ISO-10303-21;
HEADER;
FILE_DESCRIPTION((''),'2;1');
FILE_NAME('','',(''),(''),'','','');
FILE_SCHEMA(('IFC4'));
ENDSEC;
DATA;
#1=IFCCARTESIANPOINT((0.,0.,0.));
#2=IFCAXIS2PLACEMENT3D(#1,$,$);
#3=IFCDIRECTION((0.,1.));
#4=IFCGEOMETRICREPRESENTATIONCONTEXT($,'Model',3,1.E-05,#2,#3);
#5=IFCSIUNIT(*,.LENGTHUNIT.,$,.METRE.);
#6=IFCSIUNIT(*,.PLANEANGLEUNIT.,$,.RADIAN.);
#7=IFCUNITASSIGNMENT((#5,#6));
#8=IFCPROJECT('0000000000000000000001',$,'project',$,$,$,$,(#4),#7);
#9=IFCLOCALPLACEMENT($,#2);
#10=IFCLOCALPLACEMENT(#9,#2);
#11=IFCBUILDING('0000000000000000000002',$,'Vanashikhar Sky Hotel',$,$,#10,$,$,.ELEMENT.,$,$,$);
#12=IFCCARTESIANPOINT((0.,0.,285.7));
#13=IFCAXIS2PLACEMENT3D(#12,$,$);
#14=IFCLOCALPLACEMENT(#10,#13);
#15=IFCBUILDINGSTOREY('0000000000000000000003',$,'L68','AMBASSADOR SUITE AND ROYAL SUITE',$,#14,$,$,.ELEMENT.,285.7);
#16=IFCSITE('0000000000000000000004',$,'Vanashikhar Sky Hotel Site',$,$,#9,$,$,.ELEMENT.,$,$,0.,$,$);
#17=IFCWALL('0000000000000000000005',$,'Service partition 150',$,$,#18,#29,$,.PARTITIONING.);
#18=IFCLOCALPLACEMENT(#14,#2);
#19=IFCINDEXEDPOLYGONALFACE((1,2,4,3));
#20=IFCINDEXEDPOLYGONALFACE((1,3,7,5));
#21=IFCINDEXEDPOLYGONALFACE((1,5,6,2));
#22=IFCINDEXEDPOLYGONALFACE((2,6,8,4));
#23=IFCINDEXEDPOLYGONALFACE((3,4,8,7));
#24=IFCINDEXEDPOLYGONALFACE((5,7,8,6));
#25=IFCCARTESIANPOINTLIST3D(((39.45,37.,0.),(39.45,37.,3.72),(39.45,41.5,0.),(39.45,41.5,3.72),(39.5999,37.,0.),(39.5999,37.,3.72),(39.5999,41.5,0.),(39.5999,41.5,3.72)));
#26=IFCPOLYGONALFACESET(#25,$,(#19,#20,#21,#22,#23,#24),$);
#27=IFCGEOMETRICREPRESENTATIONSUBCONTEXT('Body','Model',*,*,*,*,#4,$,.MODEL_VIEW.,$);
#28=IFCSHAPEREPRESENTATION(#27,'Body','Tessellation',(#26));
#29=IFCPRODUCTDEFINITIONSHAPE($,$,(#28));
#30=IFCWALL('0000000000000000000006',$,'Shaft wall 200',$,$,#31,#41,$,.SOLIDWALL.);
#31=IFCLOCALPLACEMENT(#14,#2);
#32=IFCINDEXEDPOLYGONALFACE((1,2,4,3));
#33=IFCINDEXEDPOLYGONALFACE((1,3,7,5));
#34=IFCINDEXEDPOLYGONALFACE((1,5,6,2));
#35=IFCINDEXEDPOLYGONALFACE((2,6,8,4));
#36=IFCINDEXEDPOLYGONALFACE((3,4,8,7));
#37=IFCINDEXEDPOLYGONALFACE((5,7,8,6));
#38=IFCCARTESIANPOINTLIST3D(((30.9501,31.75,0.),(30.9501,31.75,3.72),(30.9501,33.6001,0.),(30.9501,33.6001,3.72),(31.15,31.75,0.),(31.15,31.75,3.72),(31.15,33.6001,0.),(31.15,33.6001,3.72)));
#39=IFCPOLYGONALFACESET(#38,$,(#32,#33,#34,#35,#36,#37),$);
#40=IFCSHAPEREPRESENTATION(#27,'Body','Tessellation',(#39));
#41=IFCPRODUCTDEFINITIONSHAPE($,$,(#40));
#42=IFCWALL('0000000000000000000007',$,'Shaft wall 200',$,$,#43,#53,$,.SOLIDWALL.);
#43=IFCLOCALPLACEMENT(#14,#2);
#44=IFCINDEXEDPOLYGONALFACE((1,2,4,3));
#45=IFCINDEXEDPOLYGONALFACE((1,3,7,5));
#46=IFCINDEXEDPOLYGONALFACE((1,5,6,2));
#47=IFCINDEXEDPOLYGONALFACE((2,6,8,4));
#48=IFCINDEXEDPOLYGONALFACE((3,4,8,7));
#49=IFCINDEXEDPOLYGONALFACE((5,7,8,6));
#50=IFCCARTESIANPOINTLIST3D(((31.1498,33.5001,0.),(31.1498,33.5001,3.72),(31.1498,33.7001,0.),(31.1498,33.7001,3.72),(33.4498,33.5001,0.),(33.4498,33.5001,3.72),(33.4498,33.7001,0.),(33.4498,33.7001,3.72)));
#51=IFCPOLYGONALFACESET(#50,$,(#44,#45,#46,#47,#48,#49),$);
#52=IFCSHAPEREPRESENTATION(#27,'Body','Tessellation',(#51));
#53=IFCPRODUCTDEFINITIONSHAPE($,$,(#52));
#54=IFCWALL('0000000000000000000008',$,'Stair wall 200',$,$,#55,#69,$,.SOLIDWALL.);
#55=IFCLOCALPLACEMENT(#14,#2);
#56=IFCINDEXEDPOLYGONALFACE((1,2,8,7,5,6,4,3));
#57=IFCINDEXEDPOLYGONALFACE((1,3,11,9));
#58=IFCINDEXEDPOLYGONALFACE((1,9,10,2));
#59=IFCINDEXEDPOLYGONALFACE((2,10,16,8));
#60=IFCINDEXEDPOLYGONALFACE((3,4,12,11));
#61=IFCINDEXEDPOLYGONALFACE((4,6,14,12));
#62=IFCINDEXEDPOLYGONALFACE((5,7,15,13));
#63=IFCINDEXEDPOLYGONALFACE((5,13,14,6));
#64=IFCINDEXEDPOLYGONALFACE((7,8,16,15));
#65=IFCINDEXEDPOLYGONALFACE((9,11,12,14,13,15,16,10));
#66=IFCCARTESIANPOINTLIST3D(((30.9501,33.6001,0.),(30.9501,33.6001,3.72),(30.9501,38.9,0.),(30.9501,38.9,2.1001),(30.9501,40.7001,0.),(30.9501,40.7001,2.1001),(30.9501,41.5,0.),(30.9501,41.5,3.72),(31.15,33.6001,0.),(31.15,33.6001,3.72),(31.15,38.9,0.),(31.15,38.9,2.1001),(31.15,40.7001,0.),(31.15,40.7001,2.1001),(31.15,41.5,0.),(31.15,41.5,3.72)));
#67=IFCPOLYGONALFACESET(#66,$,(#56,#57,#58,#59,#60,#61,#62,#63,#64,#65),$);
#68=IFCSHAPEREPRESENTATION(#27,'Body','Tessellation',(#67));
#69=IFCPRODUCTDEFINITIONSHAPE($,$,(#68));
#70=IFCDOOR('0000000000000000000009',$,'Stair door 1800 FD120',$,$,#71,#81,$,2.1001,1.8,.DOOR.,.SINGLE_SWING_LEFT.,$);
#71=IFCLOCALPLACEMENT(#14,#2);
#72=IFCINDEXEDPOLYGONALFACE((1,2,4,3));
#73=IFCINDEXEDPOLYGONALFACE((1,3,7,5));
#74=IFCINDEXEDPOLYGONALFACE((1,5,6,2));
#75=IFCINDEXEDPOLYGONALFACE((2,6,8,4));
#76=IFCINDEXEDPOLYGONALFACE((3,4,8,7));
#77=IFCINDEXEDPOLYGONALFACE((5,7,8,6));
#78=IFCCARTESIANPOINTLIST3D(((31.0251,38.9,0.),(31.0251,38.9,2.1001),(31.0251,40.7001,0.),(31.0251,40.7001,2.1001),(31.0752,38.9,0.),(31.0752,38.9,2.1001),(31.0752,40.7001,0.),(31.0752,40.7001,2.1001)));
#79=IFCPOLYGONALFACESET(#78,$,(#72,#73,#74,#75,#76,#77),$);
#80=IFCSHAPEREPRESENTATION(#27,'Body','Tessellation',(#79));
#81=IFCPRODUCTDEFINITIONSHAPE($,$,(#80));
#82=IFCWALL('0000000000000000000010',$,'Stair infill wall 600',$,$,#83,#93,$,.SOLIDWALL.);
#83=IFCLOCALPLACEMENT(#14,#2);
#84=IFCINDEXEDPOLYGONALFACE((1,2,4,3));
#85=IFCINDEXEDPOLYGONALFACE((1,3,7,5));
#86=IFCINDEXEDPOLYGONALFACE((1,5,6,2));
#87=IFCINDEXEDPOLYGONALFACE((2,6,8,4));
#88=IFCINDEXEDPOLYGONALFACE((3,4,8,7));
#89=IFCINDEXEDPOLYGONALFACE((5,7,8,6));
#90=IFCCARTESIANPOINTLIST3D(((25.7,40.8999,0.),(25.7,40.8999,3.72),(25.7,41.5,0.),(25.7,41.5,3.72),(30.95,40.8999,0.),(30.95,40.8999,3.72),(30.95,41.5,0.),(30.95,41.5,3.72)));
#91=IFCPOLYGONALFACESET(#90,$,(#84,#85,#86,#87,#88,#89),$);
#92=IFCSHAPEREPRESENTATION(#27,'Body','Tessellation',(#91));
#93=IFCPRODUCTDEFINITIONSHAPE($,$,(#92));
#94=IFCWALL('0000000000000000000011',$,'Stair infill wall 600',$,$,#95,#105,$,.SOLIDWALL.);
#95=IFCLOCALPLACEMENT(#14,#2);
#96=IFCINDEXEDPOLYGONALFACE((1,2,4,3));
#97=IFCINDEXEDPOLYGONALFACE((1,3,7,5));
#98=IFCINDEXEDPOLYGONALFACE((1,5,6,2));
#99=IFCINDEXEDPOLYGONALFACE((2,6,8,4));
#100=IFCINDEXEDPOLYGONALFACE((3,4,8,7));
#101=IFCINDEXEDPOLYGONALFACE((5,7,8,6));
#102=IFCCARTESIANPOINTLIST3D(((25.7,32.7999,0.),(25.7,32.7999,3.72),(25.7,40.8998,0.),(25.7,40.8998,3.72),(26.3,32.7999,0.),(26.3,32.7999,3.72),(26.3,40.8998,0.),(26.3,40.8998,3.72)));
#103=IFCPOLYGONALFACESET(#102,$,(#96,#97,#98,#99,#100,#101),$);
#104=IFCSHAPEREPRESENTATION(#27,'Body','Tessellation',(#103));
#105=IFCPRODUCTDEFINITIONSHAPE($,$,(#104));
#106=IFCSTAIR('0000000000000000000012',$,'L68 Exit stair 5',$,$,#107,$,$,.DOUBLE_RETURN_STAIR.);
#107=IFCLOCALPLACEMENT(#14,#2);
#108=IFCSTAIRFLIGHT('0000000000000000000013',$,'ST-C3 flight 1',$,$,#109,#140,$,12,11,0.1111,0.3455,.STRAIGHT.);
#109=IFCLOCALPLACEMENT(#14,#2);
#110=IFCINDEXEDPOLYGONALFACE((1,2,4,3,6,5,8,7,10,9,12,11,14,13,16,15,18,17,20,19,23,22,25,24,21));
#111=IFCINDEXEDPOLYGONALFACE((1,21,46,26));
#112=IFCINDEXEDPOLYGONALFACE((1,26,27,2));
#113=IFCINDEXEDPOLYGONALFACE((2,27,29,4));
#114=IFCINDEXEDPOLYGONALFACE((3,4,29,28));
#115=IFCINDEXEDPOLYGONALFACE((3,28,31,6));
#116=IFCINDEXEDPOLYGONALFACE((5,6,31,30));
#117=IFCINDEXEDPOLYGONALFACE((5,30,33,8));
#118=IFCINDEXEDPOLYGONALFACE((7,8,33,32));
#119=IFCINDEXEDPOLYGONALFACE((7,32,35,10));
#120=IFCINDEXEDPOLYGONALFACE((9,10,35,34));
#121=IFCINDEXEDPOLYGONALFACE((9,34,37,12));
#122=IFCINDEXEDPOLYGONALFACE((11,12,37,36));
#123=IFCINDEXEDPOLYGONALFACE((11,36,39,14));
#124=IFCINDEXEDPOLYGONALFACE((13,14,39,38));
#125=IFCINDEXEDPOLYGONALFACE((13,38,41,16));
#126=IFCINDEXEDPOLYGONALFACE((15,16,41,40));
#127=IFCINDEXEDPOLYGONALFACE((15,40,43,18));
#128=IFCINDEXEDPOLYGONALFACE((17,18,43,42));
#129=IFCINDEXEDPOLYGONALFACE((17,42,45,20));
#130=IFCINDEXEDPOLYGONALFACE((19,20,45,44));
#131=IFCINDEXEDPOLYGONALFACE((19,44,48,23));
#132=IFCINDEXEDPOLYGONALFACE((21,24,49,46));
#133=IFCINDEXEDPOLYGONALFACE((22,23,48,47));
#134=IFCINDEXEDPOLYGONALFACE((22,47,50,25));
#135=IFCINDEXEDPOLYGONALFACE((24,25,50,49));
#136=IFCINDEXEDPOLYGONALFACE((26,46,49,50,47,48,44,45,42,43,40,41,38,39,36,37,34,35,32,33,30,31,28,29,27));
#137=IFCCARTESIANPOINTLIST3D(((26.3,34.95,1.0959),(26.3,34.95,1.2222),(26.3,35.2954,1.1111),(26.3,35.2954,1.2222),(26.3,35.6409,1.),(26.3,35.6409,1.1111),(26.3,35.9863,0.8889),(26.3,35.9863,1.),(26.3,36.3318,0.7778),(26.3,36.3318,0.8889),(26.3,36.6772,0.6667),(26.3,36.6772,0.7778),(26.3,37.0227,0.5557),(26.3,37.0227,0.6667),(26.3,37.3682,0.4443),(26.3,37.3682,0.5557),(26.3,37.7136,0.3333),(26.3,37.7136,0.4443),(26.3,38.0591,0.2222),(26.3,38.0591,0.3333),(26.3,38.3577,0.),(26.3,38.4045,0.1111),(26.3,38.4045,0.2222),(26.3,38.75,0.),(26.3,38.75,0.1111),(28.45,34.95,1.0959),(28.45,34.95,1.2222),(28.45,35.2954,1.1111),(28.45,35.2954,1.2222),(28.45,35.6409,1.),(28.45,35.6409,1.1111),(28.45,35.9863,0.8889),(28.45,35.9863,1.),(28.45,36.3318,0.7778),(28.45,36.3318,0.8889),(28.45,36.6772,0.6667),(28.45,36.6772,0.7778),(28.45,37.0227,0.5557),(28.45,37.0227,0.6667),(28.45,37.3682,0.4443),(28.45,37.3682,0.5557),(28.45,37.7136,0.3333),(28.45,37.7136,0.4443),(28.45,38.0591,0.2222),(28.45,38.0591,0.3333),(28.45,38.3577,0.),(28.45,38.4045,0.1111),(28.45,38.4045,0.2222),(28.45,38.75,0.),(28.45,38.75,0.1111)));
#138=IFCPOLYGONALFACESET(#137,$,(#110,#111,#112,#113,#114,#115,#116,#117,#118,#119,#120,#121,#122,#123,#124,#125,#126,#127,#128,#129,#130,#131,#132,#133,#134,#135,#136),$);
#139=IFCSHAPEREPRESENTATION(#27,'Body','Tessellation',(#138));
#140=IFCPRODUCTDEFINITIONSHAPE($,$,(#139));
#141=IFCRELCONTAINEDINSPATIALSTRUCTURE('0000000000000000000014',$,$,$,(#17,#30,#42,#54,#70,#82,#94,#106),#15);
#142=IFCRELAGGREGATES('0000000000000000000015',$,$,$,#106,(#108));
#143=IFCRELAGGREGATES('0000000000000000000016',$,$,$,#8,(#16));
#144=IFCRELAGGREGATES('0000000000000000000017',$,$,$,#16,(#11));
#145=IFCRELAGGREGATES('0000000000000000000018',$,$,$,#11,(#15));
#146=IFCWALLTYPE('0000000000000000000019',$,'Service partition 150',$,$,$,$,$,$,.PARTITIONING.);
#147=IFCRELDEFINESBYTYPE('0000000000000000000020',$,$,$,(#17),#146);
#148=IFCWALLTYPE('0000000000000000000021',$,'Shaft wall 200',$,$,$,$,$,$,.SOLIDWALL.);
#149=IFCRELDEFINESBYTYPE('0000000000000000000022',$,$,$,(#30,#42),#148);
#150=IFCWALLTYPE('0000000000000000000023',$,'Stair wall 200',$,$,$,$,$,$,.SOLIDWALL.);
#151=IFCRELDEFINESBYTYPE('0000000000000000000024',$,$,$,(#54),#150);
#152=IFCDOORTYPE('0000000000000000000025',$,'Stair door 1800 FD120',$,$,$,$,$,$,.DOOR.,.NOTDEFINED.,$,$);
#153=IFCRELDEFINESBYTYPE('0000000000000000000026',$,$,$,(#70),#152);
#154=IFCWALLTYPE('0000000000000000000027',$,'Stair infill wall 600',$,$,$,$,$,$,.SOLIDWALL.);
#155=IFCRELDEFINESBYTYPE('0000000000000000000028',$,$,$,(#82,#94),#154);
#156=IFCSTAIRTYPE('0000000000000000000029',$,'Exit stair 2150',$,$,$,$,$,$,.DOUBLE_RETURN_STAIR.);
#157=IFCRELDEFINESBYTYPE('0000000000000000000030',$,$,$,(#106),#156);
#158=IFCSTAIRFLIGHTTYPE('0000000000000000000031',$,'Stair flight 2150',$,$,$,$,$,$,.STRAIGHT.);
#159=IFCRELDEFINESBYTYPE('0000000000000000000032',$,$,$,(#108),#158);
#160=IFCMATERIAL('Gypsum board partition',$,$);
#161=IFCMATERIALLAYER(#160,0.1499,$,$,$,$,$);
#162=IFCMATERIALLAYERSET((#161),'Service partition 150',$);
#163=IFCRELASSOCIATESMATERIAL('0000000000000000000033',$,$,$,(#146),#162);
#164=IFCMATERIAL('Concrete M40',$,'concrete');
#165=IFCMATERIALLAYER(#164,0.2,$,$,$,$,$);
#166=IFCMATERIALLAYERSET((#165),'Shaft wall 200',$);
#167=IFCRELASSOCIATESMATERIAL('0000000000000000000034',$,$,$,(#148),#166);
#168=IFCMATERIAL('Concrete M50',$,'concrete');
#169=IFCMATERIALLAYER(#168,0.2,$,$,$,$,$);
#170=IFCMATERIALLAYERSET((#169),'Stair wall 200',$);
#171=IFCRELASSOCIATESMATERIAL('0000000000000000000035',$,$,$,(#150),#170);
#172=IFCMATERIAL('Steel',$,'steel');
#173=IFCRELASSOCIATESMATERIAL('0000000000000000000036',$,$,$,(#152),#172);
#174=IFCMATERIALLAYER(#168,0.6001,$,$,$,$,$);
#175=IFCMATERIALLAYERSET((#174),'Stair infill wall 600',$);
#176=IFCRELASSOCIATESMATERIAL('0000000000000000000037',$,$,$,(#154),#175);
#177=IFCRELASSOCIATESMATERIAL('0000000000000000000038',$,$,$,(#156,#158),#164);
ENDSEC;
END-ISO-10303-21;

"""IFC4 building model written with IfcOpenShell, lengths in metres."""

from ifc_helpers import new_model, si_unit, direction, frame, frame_2d, origin, place, context, subcontext, project, spatial, polyline, rectangle, outline, extrude, source, transform, mapped, material, layer, layer_set, type_object, element, fill, aggregate, save


model = new_model("IFC4")

# Units and contexts
model_context = context("Model", 3, precision=1e-05, world=origin(), true_north=direction((0.0, 1.0)))
body_context = subcontext(model_context, "Body", "Model", "MODEL_VIEW")
ifc_project = project(units=[si_unit("LENGTHUNIT", "METRE"), si_unit("PLANEANGLEUNIT", "RADIAN")], contexts=[model_context])

# Site, building, storey
site_placement = place(None, origin())
site = spatial("IfcSite", under=ifc_project, at=site_placement, Name="Vanashikhar Sky Hotel Site", CompositionType="ELEMENT", RefElevation=0.0)
building_placement = place(site_placement, origin())
building = spatial("IfcBuilding", under=site, at=building_placement, Name="Vanashikhar Sky Hotel", CompositionType="ELEMENT")
storey_placement = place(building_placement, frame((0.0, 0.0, 285.7)))
storey = spatial("IfcBuildingStorey", under=building, at=storey_placement, Name="L68", Description="AMBASSADOR SUITE AND ROYAL SUITE", CompositionType="ELEMENT", Elevation=285.7)

# Shared definitions
ifc_material_1 = material(Name="Concrete M50", Category="concrete")
ifc_material_2 = material(Name="Steel", Category="steel")
ifc_material_3 = material(Name="Gypsum board partition")
ifc_layer_1 = layer(ifc_material_3, 0.1499)
ifc_layer_set_1 = layer_set([ifc_layer_1], Name="Service partition 150")
wall_type_1 = type_object("IfcWallType", Name="Service partition 150", PredefinedType="PARTITIONING", material=ifc_layer_set_1)

# Walls
shared_shape_1 = source(origin(), body_context, "Body", "SweptSolid", [
    extrude(rectangle(XDim=4.5, YDim=0.1499, at=frame_2d((2.25, 0.0))), origin(), (0.0, 0.0, 1.0), 3.72),
])
for number, where, z_axis, x_axis, name in (
    (1, (39.5249, 37.0, 0.0), (0.0, 0.0, 1.0), (0.0, 1.0, 0.0), "Service partition 150"),
):
    element("IfcWall", number, at=place(storey_placement, frame(where, z_axis=z_axis, x_axis=x_axis)), inside=storey, type_object=wall_type_1, Name=name, PredefinedType="PARTITIONING", context=body_context, shape_type="MappedRepresentation", body=[
        mapped(shared_shape_1, transform((0.0, 0.0, 0.0), scale=1.0)),
    ])
ifc_material_4 = material(Name="Concrete M40", Category="concrete")
ifc_layer_2 = layer(ifc_material_4, 0.2)
ifc_layer_set_2 = layer_set([ifc_layer_2], Name="Shaft wall 200")
wall_type_2 = type_object("IfcWallType", Name="Shaft wall 200", PredefinedType="SOLIDWALL", material=ifc_layer_set_2)
shared_shape_2 = source(origin(), body_context, "Body", "SweptSolid", [
    extrude(rectangle(XDim=1.8501, YDim=0.2, at=frame_2d((0.925, 0.0))), origin(), (0.0, 0.0, 1.0), 3.72),
])
wall_1_placement = place(storey_placement, frame((31.05, 31.75, 0.0), z_axis=(0.0, 0.0, 1.0), x_axis=(0.0, 1.0, 0.0)))
element("IfcWall", 2, at=wall_1_placement, inside=storey, type_object=wall_type_2, Name="Shaft wall 200", PredefinedType="SOLIDWALL", context=body_context, shape_type="MappedRepresentation", body=[
    mapped(shared_shape_2, transform((0.0, 0.0, 0.0), scale=1.0)),
])
shared_shape_3 = source(origin(), body_context, "Body", "SweptSolid", [
    extrude(rectangle(XDim=2.3, YDim=0.2, at=frame_2d((1.1499, 0.0))), origin(), (0.0, 0.0, 1.0), 3.72),
])
wall_2_placement = place(storey_placement, frame((31.1499, 33.6001, 0.0), z_axis=(0.0, 0.0, 1.0), x_axis=(1.0, 0.0, 0.0)))
element("IfcWall", 3, at=wall_2_placement, inside=storey, type_object=wall_type_2, Name="Shaft wall 200", PredefinedType="SOLIDWALL", context=body_context, shape_type="MappedRepresentation", body=[
    mapped(shared_shape_3, transform((0.0, 0.0, 0.0), scale=1.0)),
])

# Wall, opening, door
ifc_layer_3 = layer(ifc_material_1, 0.2)
ifc_layer_set_3 = layer_set([ifc_layer_3], Name="Stair wall 200")
wall_type_3 = type_object("IfcWallType", Name="Stair wall 200", PredefinedType="SOLIDWALL", material=ifc_layer_set_3)
shared_shape_4 = source(origin(), body_context, "Body", "SweptSolid", [
    extrude(rectangle(XDim=7.8999, YDim=0.2, at=frame_2d((3.95, 0.0))), origin(), (0.0, 0.0, 1.0), 3.72),
])
wall_3_placement = place(storey_placement, frame((31.05, 33.6001, 0.0), z_axis=(0.0, 0.0, 1.0), x_axis=(0.0, 1.0, 0.0)))
wall_3 = element("IfcWall", 4, at=wall_3_placement, inside=storey, type_object=wall_type_3, Name="Stair wall 200", PredefinedType="SOLIDWALL", context=body_context, shape_type="MappedRepresentation", body=[
    mapped(shared_shape_4, transform((0.0, 0.0, 0.0), scale=1.0)),
])
shared_shape_5 = source(origin(), body_context, "Body", "SweptSolid", [
    extrude(rectangle(XDim=1.8, YDim=2.1001, at=frame_2d((0.8999, 1.05))), frame((0.0, 0.1099, 0.0), z_axis=(0.0, -1.0, 0.0), x_axis=(1.0, 0.0, 0.0)), (0.0, 0.0, 1.0), 0.22),
])
opening_1_placement = place(wall_3_placement, frame((5.3, 0.0, 0.0)))
opening_1 = element("IfcOpeningElement", 5, at=opening_1_placement, cuts=wall_3, PredefinedType="OPENING", context=body_context, shape_type="MappedRepresentation", body=[
    mapped(shared_shape_5, transform((0.0, 0.0, 0.0), scale=1.0)),
])
door_type_1 = type_object("IfcDoorType", Name="Stair door 1800 FD120", OperationType="NOTDEFINED", PredefinedType="DOOR", material=ifc_material_2)
shared_shape_6 = source(origin(), body_context, "Body", "SweptSolid", [
    extrude(rectangle(XDim=1.8, YDim=2.1001, at=frame_2d((0.8999, 1.05))), frame((0.0, 0.0249, 0.0), z_axis=(0.0, -1.0, 0.0), x_axis=(1.0, 0.0, 0.0)), (0.0, 0.0, 1.0), 0.05),
])
door_1_placement = place(opening_1_placement, origin())
door_1 = element("IfcDoor", 6, at=door_1_placement, inside=storey, type_object=door_type_1, Name="Stair door 1800 FD120", OperationType="SINGLE_SWING_LEFT", OverallHeight=2.1001, OverallWidth=1.8, PredefinedType="DOOR", context=body_context, shape_type="MappedRepresentation", body=[
    mapped(shared_shape_6, transform((0.0, 0.0, 0.0), scale=1.0)),
])
fill(opening_1, door_1)

# Walls
ifc_layer_4 = layer(ifc_material_1, 0.6001)
ifc_layer_set_4 = layer_set([ifc_layer_4], Name="Stair infill wall 600")
wall_type_4 = type_object("IfcWallType", Name="Stair infill wall 600", PredefinedType="SOLIDWALL", material=ifc_layer_set_4)
shared_shape_7 = source(origin(), body_context, "Body", "SweptSolid", [
    extrude(rectangle(XDim=5.25, YDim=0.6001, at=frame_2d((2.625, 0.0))), origin(), (0.0, 0.0, 1.0), 3.72),
])
wall_4_placement = place(storey_placement, frame((25.7, 41.2, 0.0), z_axis=(0.0, 0.0, 1.0), x_axis=(1.0, 0.0, 0.0)))
element("IfcWall", 7, at=wall_4_placement, inside=storey, type_object=wall_type_4, Name="Stair infill wall 600", PredefinedType="SOLIDWALL", context=body_context, shape_type="MappedRepresentation", body=[
    mapped(shared_shape_7, transform((0.0, 0.0, 0.0), scale=1.0)),
])
shared_shape_8 = source(origin(), body_context, "Body", "SweptSolid", [
    extrude(rectangle(XDim=8.0999, YDim=0.6001, at=frame_2d((4.0498, 0.0))), origin(), (0.0, 0.0, 1.0), 3.72),
])
wall_5_placement = place(storey_placement, frame((26.0, 32.8, 0.0), z_axis=(0.0, 0.0, 1.0), x_axis=(0.0, 1.0, 0.0)))
element("IfcWall", 8, at=wall_5_placement, inside=storey, type_object=wall_type_4, Name="Stair infill wall 600", PredefinedType="SOLIDWALL", context=body_context, shape_type="MappedRepresentation", body=[
    mapped(shared_shape_8, transform((0.0, 0.0, 0.0), scale=1.0)),
])

# Stair, stair flight
stair_type = type_object("IfcStairType", Name="Exit stair 2150", PredefinedType="DOUBLE_RETURN_STAIR", material=ifc_material_4)
stair_placement = place(storey_placement, origin())
stair = element("IfcStair", 9, at=stair_placement, inside=storey, type_object=stair_type, Name="L68 Exit stair 5", PredefinedType="DOUBLE_RETURN_STAIR")
stair_flight_type = type_object("IfcStairFlightType", Name="Stair flight 2150", PredefinedType="STRAIGHT", material=ifc_material_4)
shared_shape_9 = source(origin(), body_context, "Body", "SweptSolid", [
    extrude(outline(polyline([(0.0, 0.0), (0.0, 0.1111), (0.3455, 0.1111), (0.3455, 0.2222), (0.6909, 0.2222), (0.6909, 0.3333), (1.0364, 0.3333), (1.0364, 0.4443), (1.3818, 0.4443), (1.3818, 0.5557), (1.7273, 0.5557), (1.7273, 0.6667), (2.0728, 0.6667), (2.0728, 0.7778), (2.4182, 0.7778), (2.4182, 0.8889), (2.7637, 0.8889), (2.7637, 1.0), (3.1091, 1.0), (3.1091, 1.1111), (3.4546, 1.1111), (3.4546, 1.2222), (3.8, 1.2222), (3.8, 1.3333), (3.8, 1.0959), (0.3923, 0.0), (0.0, 0.0)])), frame((0.0, 1.075, 0.0), z_axis=(0.0, -1.0, 0.0), x_axis=(1.0, 0.0, 0.0)), (0.0, 0.0, 1.0), 2.1499),
])
stair_flight_1_placement = place(storey_placement, frame((27.375, 38.75, 0.0), z_axis=(0.0, 0.0, 1.0), x_axis=(0.0, -1.0, 0.0)))
stair_flight_1 = element("IfcStairFlight", 10, at=stair_flight_1_placement, type_object=stair_flight_type, Name="ST-C3 flight 1", NumberOfRisers=12, NumberOfTreads=11, PredefinedType="STRAIGHT", RiserHeight=0.1111, TreadLength=0.3455, context=body_context, shape_type="MappedRepresentation", body=[
    mapped(shared_shape_9, transform((0.0, 0.0, 0.0), scale=1.0)),
])
aggregate(stair, [stair_flight_1])

save(model, "model.ifc")
